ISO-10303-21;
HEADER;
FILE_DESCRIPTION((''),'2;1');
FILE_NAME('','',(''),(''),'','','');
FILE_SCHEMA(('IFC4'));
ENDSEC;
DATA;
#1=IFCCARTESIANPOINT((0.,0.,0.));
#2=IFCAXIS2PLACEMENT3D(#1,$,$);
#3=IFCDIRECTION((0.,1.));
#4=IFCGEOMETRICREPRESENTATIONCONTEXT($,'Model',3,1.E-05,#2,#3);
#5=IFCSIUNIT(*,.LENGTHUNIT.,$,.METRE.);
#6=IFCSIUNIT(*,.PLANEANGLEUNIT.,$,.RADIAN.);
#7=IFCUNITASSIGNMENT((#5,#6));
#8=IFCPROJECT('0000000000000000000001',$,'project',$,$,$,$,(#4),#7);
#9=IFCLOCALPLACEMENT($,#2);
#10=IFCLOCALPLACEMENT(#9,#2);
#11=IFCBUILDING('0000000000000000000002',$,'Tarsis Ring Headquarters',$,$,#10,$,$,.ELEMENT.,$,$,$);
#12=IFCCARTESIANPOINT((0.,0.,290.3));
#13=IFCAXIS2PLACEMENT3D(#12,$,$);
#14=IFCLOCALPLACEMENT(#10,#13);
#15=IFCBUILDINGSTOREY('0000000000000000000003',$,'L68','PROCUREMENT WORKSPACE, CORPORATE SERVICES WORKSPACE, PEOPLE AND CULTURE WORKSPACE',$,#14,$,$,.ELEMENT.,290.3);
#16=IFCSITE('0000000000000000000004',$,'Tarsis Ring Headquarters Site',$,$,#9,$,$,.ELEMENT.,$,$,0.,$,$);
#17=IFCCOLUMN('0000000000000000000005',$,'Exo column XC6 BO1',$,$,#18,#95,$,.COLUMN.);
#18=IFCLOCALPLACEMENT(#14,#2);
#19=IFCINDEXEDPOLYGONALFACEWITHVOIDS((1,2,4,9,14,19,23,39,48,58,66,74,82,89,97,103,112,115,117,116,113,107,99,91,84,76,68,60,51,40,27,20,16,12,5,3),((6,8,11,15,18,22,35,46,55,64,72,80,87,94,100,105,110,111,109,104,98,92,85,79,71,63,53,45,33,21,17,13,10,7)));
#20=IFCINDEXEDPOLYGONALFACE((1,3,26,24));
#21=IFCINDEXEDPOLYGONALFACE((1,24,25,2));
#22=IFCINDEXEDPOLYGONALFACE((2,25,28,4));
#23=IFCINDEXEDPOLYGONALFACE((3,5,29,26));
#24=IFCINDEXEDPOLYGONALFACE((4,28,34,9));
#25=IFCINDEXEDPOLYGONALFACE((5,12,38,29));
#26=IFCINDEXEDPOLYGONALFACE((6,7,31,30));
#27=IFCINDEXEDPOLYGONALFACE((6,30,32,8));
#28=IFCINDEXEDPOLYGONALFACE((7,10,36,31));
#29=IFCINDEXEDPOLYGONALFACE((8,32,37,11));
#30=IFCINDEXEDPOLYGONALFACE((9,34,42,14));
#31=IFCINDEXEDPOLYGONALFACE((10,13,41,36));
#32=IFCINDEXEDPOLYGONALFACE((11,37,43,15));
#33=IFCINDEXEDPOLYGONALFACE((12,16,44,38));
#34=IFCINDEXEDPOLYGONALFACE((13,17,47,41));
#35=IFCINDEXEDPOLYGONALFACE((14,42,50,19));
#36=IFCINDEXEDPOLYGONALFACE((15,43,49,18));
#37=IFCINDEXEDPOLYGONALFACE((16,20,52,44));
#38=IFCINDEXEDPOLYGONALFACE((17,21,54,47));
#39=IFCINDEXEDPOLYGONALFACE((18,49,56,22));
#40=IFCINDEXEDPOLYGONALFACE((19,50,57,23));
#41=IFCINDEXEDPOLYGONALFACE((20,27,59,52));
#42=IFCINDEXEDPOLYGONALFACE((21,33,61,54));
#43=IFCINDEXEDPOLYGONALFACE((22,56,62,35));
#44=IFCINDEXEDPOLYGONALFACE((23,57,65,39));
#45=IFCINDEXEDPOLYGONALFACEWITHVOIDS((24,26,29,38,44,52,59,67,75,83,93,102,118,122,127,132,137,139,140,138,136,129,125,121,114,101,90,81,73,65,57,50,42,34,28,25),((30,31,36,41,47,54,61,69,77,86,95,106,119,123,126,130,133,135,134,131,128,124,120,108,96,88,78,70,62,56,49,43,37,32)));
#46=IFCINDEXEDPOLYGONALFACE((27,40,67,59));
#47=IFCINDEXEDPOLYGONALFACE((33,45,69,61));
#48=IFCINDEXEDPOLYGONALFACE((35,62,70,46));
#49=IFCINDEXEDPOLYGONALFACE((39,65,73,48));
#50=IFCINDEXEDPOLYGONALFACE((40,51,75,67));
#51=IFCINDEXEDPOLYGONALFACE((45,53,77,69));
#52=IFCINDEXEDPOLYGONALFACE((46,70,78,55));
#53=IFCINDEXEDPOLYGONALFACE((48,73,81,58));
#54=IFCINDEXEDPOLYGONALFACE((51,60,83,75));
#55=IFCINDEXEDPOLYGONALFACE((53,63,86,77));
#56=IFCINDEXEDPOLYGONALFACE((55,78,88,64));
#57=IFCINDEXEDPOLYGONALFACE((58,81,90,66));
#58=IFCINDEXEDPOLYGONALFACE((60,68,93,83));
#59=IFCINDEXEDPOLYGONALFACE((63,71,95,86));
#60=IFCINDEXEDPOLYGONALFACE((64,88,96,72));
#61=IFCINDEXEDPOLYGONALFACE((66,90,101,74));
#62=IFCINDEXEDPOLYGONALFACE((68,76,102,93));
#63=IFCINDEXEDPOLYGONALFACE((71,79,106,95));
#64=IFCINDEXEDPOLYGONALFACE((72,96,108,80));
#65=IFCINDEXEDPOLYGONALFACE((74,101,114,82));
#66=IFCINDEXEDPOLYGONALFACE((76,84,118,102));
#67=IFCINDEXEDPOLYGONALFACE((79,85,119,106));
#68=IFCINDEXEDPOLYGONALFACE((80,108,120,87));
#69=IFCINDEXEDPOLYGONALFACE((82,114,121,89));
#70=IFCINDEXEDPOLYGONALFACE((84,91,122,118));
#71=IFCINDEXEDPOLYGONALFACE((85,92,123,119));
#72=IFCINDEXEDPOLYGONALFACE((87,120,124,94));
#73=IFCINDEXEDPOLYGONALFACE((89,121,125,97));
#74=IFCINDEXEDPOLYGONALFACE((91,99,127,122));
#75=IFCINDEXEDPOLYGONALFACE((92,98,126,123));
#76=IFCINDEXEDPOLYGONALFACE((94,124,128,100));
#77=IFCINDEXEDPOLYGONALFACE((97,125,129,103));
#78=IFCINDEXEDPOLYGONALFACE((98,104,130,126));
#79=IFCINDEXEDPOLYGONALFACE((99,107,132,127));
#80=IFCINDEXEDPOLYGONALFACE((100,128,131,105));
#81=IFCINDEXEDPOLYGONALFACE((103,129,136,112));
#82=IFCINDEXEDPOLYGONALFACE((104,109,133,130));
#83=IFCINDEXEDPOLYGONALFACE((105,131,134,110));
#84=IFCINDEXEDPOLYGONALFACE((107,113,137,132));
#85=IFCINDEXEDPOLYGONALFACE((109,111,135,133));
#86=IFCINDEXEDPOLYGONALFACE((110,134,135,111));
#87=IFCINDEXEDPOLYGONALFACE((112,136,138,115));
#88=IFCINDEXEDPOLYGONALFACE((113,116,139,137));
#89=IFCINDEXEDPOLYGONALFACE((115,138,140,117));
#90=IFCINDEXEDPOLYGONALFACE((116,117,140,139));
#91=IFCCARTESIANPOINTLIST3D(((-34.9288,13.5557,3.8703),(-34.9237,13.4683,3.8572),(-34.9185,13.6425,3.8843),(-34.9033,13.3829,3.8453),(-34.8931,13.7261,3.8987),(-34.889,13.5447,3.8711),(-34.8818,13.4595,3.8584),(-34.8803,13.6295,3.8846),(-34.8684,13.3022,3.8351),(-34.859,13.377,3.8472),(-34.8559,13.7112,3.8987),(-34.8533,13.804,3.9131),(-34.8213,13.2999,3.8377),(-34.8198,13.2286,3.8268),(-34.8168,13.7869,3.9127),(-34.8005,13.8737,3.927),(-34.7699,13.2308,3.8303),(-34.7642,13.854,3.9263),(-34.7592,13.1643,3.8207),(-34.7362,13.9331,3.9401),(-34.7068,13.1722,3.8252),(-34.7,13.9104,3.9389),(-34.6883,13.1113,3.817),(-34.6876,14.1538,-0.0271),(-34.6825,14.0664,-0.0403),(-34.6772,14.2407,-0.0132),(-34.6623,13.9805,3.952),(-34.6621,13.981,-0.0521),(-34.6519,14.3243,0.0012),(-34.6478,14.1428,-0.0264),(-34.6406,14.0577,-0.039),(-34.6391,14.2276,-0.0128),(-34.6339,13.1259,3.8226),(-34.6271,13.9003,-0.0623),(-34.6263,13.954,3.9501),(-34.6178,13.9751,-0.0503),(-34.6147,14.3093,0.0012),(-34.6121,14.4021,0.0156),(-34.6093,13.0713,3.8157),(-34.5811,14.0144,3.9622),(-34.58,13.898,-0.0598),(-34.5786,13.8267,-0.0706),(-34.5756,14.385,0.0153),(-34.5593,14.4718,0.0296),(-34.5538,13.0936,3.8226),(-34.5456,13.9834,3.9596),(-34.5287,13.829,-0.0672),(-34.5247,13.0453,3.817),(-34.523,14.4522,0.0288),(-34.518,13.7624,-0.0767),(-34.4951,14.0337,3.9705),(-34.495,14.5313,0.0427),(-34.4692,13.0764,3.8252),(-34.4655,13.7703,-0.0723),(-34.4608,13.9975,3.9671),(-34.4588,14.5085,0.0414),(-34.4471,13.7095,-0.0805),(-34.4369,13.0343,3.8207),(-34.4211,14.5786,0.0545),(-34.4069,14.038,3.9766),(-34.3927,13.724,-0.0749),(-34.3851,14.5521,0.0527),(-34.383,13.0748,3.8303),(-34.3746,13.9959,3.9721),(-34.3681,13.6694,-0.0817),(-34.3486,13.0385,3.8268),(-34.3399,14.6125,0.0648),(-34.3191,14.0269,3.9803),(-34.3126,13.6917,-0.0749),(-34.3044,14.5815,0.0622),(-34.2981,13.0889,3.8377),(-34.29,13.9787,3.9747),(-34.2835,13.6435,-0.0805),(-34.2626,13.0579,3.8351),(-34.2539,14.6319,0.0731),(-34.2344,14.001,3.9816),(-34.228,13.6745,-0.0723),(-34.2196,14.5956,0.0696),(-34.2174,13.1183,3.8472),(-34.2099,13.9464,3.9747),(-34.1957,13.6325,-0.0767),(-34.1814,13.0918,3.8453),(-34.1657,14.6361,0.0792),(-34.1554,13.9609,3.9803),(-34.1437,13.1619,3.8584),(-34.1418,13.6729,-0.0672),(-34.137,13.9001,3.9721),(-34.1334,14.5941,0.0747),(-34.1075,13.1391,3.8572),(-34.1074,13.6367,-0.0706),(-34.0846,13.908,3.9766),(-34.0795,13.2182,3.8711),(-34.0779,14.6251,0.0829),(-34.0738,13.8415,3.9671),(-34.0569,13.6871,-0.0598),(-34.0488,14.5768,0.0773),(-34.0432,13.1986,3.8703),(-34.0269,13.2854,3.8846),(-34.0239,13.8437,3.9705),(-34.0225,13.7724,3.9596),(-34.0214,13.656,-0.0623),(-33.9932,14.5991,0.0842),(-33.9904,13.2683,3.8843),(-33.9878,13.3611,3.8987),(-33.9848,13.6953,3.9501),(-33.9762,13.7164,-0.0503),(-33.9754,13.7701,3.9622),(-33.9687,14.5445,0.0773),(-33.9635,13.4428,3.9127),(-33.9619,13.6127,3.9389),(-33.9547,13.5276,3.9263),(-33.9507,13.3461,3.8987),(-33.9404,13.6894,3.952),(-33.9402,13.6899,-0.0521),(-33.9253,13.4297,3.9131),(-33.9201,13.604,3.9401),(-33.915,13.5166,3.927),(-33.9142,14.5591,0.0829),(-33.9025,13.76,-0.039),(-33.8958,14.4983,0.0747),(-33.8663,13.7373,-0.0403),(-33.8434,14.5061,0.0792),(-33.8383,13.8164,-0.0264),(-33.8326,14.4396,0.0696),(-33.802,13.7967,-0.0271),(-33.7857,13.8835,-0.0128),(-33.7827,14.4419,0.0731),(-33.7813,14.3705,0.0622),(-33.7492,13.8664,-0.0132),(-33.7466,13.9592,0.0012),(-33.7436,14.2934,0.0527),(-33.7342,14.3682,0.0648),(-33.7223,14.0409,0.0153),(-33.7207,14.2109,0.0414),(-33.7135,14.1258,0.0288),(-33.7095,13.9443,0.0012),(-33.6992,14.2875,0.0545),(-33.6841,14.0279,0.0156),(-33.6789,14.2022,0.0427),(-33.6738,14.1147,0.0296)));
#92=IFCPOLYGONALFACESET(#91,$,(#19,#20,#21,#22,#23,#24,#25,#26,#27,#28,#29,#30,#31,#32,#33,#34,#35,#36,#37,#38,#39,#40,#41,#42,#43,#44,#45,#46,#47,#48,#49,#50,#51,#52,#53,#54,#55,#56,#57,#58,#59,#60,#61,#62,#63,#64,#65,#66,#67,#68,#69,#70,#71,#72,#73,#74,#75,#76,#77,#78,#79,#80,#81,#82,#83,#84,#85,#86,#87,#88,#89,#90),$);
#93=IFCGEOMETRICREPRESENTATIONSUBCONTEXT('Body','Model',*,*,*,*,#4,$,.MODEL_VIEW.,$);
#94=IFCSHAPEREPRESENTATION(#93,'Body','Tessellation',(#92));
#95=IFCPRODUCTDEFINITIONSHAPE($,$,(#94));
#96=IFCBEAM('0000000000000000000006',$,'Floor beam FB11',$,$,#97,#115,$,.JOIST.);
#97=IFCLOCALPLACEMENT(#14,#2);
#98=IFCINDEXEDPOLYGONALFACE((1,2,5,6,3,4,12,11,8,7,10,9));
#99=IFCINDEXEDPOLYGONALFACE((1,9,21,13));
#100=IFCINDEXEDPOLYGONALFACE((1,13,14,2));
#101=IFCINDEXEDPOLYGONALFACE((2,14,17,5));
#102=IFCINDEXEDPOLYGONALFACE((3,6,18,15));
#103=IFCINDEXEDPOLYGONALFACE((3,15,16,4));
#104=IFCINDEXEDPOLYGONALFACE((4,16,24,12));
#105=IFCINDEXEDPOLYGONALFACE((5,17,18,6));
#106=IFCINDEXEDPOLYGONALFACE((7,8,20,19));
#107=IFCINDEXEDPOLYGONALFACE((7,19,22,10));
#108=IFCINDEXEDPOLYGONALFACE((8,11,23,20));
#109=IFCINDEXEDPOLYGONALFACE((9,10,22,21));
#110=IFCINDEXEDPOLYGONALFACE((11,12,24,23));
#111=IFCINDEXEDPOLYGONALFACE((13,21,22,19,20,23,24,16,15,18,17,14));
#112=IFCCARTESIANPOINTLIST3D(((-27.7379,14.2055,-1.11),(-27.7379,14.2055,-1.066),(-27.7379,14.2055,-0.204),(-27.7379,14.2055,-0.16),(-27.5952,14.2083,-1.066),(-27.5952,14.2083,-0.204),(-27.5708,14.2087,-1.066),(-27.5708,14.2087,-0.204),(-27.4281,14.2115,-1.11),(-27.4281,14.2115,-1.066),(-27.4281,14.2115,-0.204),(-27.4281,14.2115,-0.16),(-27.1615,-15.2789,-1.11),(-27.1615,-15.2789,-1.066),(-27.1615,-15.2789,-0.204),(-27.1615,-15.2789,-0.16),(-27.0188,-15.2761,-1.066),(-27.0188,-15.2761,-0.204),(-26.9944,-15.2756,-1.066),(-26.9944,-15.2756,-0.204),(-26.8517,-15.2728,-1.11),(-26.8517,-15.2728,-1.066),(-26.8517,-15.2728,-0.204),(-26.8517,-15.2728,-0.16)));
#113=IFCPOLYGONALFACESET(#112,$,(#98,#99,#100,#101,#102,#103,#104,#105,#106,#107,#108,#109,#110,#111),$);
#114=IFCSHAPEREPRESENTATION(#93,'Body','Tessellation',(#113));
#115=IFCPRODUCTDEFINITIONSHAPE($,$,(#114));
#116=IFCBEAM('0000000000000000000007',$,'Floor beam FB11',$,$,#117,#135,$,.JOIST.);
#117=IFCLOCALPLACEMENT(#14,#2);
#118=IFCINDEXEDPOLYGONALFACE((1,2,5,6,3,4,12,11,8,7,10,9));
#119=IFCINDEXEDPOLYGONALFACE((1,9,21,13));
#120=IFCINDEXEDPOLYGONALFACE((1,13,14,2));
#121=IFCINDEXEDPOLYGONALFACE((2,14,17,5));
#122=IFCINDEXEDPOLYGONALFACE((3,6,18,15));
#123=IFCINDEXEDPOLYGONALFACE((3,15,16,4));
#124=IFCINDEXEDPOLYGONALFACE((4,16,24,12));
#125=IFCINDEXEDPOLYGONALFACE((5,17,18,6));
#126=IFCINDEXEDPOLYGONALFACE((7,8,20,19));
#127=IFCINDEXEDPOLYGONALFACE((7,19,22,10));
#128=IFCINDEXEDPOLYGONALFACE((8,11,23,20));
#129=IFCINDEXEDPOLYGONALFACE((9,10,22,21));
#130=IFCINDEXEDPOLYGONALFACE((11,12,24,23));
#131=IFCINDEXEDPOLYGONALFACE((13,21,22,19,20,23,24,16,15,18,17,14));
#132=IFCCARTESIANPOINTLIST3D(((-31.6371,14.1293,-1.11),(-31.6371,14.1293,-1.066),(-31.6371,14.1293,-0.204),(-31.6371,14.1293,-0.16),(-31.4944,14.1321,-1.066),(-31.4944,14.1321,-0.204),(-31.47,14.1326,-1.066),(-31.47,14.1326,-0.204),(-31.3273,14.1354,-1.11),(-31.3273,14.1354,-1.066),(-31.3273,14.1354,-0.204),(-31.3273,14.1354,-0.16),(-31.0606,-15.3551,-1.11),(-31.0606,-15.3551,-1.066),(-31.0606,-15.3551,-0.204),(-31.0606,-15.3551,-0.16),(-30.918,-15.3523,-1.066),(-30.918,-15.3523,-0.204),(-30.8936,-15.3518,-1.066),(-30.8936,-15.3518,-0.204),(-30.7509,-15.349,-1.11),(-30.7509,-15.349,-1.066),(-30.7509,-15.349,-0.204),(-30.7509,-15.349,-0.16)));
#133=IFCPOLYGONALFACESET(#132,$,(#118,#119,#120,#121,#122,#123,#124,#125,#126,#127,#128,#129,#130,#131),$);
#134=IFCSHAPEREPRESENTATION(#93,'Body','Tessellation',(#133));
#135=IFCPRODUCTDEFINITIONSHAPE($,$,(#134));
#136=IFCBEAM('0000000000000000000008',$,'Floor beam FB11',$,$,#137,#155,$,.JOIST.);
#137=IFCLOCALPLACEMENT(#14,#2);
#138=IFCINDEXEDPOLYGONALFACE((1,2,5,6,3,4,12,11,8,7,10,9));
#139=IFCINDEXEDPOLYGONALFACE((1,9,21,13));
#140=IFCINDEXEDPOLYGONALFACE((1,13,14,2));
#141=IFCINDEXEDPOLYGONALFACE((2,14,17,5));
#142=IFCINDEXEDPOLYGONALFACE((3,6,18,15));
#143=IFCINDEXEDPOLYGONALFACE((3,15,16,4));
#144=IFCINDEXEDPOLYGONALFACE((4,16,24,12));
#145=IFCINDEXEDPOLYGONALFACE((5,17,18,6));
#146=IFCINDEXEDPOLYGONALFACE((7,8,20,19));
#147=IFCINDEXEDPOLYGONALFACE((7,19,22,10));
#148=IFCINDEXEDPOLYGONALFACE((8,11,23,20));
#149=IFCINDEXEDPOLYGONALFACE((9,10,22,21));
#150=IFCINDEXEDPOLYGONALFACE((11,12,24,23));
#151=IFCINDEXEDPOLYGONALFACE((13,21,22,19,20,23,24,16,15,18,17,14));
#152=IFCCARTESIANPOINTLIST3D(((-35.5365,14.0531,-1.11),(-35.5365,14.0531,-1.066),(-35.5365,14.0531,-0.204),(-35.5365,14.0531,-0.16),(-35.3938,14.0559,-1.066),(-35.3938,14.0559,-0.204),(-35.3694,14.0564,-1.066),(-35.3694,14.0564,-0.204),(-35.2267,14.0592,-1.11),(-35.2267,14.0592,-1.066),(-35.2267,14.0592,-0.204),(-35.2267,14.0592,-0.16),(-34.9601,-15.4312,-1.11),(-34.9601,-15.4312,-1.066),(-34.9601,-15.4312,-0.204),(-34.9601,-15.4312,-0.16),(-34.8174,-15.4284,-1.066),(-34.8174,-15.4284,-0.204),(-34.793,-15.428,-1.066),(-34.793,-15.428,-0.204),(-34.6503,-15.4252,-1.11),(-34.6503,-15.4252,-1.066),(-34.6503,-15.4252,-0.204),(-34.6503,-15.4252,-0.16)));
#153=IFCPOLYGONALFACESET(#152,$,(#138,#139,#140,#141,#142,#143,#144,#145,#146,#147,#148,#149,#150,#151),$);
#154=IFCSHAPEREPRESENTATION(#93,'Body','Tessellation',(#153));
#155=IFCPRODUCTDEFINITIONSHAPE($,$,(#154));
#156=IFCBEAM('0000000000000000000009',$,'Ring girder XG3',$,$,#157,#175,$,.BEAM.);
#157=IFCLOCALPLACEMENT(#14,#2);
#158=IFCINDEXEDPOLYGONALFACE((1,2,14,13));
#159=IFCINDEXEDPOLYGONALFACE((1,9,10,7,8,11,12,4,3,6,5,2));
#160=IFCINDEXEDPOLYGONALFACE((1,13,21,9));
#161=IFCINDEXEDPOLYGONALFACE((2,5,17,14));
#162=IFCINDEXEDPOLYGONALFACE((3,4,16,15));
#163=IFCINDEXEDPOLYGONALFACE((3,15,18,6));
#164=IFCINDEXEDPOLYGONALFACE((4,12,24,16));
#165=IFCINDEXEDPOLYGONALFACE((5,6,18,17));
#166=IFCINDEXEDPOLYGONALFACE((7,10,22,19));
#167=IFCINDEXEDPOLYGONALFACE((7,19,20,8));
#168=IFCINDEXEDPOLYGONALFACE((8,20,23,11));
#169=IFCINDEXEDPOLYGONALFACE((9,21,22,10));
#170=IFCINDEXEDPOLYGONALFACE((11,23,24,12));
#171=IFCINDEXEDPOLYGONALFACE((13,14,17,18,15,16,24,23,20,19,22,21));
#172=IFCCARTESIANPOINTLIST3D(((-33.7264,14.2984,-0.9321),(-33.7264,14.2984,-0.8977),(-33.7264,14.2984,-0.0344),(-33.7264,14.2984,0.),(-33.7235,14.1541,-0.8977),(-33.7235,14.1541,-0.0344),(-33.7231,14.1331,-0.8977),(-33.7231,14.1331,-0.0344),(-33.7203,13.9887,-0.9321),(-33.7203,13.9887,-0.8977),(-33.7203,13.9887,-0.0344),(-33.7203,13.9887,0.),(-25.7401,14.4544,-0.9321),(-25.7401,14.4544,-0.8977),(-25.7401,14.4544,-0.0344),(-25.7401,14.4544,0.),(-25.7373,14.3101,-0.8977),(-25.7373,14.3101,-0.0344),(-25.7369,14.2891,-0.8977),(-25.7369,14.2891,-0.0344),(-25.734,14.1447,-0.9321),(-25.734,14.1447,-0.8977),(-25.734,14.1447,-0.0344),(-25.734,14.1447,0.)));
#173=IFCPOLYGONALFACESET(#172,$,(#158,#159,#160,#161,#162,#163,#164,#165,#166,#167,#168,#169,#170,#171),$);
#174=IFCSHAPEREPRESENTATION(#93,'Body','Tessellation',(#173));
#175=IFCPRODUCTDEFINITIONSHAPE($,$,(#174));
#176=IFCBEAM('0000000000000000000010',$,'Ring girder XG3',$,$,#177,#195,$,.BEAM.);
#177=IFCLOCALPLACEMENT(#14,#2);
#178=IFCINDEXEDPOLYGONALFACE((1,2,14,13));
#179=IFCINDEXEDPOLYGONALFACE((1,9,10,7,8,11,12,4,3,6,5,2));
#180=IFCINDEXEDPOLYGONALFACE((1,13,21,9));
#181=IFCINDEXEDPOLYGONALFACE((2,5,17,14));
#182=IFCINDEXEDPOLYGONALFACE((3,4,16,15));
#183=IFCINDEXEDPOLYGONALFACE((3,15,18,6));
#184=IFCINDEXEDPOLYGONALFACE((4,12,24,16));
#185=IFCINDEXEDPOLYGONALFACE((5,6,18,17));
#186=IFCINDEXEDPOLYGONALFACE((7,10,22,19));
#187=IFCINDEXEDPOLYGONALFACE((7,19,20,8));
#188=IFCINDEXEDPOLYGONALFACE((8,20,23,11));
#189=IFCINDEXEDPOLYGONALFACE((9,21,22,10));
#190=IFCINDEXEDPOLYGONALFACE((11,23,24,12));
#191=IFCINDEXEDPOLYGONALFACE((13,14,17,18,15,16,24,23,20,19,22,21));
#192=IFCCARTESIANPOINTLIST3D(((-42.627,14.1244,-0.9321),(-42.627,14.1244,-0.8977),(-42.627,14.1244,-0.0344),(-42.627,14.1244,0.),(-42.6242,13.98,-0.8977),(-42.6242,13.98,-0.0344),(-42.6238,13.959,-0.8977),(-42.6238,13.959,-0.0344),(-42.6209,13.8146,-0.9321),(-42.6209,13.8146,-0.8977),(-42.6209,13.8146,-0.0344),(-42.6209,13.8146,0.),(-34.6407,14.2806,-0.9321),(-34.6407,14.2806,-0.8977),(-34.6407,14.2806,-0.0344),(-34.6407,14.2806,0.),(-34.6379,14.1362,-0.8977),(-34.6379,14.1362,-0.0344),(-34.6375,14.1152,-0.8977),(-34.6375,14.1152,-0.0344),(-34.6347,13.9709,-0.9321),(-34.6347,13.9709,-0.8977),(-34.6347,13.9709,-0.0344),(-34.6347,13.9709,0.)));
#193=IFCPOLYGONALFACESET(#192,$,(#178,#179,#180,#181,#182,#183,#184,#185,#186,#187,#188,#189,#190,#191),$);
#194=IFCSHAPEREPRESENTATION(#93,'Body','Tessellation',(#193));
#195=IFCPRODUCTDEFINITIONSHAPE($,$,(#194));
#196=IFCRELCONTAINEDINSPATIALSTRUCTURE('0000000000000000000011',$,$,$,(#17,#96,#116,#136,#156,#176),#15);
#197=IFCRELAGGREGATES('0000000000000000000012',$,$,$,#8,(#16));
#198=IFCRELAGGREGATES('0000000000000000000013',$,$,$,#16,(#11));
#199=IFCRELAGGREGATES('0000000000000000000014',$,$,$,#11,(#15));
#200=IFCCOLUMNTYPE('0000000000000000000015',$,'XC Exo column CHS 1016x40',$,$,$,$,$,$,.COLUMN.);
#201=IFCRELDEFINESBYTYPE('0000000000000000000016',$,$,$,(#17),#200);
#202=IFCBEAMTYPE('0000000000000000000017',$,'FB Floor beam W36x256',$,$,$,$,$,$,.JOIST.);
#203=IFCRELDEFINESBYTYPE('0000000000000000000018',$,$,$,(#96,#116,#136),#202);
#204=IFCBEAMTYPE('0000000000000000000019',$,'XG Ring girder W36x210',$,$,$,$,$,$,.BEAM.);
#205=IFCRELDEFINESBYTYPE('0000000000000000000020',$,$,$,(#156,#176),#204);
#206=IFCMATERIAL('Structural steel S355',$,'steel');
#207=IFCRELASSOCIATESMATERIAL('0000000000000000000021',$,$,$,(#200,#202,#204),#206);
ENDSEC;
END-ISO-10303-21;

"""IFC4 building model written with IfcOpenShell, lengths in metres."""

from ifc_helpers import new_model, si_unit, direction, frame, origin, origin_2d, place, context, subcontext, project, spatial, hollow_circle, i_section, extrude, material, material_profile, profile_set, type_object, element, save


model = new_model("IFC4")

# Units and contexts
model_context = context("Model", 3, precision=1e-05, world=origin(), true_north=direction((0.0, 1.0)))
body_context = subcontext(model_context, "Body", "Model", "MODEL_VIEW")
ifc_project = project(units=[si_unit("LENGTHUNIT", "METRE"), si_unit("PLANEANGLEUNIT", "RADIAN")], contexts=[model_context])

# Site, building, storey
site_placement = place(None, origin())
site = spatial("IfcSite", under=ifc_project, at=site_placement, Name="Tarsis Ring Headquarters Site", CompositionType="ELEMENT", RefElevation=0.0)
building_placement = place(site_placement, origin())
building = spatial("IfcBuilding", under=site, at=building_placement, Name="Tarsis Ring Headquarters", CompositionType="ELEMENT")
storey_placement = place(building_placement, frame((0.0, 0.0, 290.3)))
storey = spatial("IfcBuildingStorey", under=building, at=storey_placement, Name="L68", Description="PROCUREMENT WORKSPACE, CORPORATE SERVICES WORKSPACE, PEOPLE AND CULTURE WORKSPACE", CompositionType="ELEMENT", Elevation=290.3)

# Column
ifc_material_1 = material(Name="Structural steel S355", Category="steel")
ifc_material_profile_1 = material_profile(ifc_material_1, hollow_circle(Radius=0.5081, WallThickness=0.04, at=origin_2d()), Name="CHS 1016x40")
ifc_profile_set_1 = profile_set([ifc_material_profile_1], Name="Structural steel S355")
column_type = type_object("IfcColumnType", Name="XC Exo column CHS 1016x40", PredefinedType="COLUMN", material=ifc_profile_set_1)
column_placement = place(storey_placement, frame((-34.1807, 14.1343, 0.0012), z_axis=(-0.061059, -0.151411, 0.986583), x_axis=(0.927429, -0.374, 0.0)))
element("IfcColumn", 1, at=column_placement, inside=storey, type_object=column_type, Name="Exo column XC6 BO1", PredefinedType="COLUMN", context=body_context, shape_type="SweptSolid", body=[
    extrude(hollow_circle(Radius=0.5081, WallThickness=0.04, at=origin_2d()), origin(), (0.0, 0.0, 1.0), 3.9504),
])

# Beams
ifc_material_profile_2 = material_profile(ifc_material_1, i_section(OverallWidth=0.3098, OverallDepth=0.95, WebThickness=0.0244, FlangeThickness=0.0439, at=origin_2d()), Name="W36x256")
ifc_profile_set_2 = profile_set([ifc_material_profile_2], Name="Structural steel S355")
beam_type_1 = type_object("IfcBeamType", Name="FB Floor beam W36x256", PredefinedType="JOIST", material=ifc_profile_set_2)
for number, where, z_axis, x_axis, name in (
    (2, (-27.583, 14.2085, -0.635), (0.019546, -0.999809, 0.0), (0.999809, 0.019546, 0.0), "Floor beam FB11"),
    (3, (-31.4822, 14.1323, -0.635), (0.019546, -0.999809, 0.0), (0.999809, 0.019546, 0.0), "Floor beam FB11"),
    (4, (-35.3816, 14.0562, -0.635), (0.019546, -0.999809, 0.0), (0.999809, 0.019546, 0.0), "Floor beam FB11"),
):
    element("IfcBeam", number, at=place(storey_placement, frame(where, z_axis=z_axis, x_axis=x_axis)), inside=storey, type_object=beam_type_1, Name=name, PredefinedType="JOIST", context=body_context, shape_type="SweptSolid", body=[
        extrude(i_section(OverallWidth=0.3098, OverallDepth=0.95, WebThickness=0.0244, FlangeThickness=0.0439, at=origin_2d()), origin(), (0.0, 0.0, 1.0), 29.49),
    ])
ifc_material_profile_3 = material_profile(ifc_material_1, i_section(OverallWidth=0.3098, OverallDepth=0.9321, WebThickness=0.021, FlangeThickness=0.0344, at=origin_2d()), Name="W36x210")
ifc_profile_set_3 = profile_set([ifc_material_profile_3], Name="Structural steel S355")
beam_type_2 = type_object("IfcBeamType", Name="XG Ring girder W36x210", PredefinedType="BEAM", material=ifc_profile_set_3)
for number, where, z_axis, x_axis, name in (
    (5, (-25.7371, 14.2996, -0.4661), (-0.999809, -0.01953, 0.0), (0.01953, -0.999809, 0.0), "Ring girder XG3"),
    (6, (-34.6377, 14.1257, -0.4661), (-0.999809, -0.019561, 0.0), (0.019561, -0.999809, 0.0), "Ring girder XG3"),
):
    element("IfcBeam", number, at=place(storey_placement, frame(where, z_axis=z_axis, x_axis=x_axis)), inside=storey, type_object=beam_type_2, Name=name, PredefinedType="BEAM", context=body_context, shape_type="SweptSolid", body=[
        extrude(i_section(OverallWidth=0.3098, OverallDepth=0.9321, WebThickness=0.021, FlangeThickness=0.0344, at=origin_2d()), origin(), (0.0, 0.0, 1.0), 7.9878),
    ])

save(model, "model.ifc")
